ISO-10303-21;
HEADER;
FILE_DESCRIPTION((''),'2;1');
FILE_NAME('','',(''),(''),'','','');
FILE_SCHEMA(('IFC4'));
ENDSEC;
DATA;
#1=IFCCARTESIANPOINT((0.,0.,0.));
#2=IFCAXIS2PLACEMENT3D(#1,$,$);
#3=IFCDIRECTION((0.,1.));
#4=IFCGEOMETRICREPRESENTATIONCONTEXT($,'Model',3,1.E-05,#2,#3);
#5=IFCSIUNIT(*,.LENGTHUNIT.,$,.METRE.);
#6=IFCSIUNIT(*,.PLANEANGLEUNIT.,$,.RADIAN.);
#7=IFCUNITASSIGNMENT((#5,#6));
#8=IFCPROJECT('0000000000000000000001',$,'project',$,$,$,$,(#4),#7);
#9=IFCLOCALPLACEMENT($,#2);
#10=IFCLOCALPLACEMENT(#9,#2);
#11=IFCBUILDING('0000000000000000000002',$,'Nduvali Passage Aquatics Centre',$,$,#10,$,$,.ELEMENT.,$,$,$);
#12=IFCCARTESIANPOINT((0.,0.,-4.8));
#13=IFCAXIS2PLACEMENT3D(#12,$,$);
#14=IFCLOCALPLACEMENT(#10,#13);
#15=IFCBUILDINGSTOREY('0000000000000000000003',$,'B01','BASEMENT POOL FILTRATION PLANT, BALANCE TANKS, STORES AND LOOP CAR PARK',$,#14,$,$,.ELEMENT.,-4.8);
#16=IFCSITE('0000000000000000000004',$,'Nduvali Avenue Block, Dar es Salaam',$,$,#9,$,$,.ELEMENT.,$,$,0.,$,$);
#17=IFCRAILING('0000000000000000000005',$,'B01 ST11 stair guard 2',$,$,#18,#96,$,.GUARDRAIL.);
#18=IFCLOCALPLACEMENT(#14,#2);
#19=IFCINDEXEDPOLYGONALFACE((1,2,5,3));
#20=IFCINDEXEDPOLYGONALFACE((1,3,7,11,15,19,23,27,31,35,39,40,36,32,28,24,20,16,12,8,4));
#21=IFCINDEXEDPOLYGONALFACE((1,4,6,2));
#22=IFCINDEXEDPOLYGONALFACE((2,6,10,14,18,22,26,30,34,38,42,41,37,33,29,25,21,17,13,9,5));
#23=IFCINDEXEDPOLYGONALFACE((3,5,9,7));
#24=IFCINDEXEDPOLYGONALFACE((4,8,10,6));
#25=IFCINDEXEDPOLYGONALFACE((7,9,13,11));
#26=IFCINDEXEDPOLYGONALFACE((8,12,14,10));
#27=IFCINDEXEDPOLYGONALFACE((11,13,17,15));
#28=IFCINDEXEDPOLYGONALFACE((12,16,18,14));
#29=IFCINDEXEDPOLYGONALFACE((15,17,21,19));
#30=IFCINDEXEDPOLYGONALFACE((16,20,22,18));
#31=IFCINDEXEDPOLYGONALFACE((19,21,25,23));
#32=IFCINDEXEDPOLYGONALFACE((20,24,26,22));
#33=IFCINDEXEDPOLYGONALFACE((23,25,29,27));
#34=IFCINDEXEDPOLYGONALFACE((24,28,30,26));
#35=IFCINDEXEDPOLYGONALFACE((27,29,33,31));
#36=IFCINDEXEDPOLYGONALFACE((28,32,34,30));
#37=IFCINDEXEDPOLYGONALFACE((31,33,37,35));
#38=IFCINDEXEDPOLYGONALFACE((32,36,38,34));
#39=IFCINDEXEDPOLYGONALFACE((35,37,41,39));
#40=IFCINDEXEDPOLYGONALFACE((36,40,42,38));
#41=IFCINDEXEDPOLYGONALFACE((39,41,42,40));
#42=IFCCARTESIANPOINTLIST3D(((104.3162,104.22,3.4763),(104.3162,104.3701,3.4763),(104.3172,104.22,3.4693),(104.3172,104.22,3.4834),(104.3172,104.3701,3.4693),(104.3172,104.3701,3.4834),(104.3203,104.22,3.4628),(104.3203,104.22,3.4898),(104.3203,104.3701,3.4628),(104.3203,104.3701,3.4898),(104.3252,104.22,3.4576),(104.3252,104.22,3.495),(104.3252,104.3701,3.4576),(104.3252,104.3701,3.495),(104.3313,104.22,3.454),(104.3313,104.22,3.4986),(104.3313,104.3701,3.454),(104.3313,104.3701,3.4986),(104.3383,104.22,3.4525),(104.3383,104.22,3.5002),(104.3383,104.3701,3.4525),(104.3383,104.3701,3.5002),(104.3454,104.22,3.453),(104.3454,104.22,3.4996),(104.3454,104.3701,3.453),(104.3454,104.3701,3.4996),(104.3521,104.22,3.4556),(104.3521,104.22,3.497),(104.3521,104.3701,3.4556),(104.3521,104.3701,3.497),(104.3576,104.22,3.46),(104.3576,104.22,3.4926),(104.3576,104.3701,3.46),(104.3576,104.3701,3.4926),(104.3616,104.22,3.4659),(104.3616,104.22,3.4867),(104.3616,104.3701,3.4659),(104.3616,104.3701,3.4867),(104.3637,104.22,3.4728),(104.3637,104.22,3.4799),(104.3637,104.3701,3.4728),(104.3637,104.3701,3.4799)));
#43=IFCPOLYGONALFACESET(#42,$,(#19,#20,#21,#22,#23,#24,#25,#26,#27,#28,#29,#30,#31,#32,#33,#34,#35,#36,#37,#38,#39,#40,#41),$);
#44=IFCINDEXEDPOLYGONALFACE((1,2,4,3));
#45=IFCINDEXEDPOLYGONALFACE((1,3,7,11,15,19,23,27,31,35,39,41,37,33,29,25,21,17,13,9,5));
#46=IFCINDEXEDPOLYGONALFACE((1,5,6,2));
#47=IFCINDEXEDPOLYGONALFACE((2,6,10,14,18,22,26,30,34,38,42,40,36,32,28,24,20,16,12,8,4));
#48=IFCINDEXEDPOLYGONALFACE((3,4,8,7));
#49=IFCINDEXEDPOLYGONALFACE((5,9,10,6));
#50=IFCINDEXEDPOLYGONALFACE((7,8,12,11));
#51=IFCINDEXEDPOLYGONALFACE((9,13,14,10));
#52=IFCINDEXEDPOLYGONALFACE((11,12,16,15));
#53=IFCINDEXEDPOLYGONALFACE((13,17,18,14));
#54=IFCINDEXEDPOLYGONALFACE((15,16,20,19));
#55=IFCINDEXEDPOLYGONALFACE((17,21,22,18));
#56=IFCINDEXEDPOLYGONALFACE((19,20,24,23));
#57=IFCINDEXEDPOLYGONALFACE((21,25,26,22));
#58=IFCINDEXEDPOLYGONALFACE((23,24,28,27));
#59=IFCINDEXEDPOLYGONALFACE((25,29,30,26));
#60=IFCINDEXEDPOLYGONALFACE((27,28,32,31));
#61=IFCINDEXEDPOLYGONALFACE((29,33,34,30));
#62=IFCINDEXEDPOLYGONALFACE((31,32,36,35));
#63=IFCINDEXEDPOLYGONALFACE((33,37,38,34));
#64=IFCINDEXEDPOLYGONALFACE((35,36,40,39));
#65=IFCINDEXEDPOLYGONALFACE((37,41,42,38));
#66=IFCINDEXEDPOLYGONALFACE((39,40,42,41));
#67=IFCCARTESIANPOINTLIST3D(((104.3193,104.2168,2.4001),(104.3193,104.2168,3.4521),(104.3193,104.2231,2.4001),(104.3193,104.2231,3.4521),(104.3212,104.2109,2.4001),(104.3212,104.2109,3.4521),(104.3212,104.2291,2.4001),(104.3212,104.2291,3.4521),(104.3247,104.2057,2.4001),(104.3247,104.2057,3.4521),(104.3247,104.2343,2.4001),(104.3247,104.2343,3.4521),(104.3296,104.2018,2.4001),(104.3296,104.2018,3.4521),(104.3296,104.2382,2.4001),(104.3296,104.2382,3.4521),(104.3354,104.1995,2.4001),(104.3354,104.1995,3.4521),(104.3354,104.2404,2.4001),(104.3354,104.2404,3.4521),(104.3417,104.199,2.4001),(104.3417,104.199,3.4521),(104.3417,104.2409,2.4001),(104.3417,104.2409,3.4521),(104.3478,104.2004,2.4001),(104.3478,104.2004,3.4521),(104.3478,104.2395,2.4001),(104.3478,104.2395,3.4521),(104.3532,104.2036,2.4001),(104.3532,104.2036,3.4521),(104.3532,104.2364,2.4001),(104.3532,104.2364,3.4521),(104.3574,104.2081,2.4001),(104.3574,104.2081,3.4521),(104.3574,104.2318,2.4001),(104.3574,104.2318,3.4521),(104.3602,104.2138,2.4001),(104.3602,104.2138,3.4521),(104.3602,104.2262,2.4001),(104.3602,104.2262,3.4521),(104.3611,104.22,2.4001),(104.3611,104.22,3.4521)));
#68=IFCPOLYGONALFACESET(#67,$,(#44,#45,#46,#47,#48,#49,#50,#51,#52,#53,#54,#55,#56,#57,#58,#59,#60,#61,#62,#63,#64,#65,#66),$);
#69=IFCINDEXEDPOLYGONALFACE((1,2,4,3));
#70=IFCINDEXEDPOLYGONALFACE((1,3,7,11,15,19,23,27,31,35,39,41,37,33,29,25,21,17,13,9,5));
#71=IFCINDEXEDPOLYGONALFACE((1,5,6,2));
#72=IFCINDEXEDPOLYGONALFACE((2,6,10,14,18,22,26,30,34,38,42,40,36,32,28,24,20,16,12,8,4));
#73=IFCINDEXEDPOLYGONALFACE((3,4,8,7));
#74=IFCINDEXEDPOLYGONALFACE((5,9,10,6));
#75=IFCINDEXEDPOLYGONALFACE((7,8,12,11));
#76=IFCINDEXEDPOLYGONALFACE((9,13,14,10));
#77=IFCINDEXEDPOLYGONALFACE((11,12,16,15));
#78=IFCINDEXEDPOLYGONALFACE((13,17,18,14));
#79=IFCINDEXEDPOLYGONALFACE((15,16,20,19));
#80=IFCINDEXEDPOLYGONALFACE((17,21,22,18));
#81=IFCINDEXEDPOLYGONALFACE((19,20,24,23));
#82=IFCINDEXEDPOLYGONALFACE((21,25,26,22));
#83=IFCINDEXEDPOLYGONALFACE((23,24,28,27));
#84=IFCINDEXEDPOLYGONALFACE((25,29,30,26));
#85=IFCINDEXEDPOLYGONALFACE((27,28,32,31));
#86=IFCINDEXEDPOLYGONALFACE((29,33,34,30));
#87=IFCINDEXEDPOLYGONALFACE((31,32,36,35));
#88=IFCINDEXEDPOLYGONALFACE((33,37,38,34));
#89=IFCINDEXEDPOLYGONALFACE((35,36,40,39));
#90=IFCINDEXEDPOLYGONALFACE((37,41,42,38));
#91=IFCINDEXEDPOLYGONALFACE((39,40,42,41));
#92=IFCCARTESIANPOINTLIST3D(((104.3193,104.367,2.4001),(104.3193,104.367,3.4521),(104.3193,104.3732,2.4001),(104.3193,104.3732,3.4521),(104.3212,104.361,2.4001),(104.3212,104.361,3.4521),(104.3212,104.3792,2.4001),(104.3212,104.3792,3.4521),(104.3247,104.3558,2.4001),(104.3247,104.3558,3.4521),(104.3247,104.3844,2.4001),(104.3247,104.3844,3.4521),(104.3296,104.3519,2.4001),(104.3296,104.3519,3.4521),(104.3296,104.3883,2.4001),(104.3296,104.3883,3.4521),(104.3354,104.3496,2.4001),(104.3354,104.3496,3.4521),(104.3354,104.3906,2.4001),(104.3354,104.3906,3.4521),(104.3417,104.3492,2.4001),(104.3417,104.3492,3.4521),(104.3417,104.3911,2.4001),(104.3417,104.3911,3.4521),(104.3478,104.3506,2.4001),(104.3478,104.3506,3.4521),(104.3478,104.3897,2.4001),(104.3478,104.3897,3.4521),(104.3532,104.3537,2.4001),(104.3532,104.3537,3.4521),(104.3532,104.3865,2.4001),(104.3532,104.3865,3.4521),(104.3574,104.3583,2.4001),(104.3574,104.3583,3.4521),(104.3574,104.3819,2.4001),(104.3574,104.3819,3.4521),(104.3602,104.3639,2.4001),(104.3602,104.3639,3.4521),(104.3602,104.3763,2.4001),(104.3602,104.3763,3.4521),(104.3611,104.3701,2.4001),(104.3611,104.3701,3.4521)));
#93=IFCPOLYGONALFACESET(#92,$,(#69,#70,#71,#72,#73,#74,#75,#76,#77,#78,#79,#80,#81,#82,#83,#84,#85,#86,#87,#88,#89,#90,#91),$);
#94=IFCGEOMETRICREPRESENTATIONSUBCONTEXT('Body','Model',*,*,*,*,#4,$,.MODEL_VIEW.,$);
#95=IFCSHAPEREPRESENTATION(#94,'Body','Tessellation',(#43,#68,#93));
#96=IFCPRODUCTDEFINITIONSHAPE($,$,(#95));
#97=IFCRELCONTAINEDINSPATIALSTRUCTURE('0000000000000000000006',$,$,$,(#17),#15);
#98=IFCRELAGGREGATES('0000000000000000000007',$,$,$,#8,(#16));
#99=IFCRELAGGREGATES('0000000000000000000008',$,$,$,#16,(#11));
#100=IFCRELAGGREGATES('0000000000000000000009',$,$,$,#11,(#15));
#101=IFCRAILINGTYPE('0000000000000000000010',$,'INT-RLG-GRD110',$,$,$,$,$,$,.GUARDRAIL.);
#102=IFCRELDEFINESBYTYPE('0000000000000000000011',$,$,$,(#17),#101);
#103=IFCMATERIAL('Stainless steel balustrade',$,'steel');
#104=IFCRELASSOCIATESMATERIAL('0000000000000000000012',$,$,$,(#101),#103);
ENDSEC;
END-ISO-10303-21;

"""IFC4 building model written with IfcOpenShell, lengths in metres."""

from ifc_helpers import new_model, si_unit, direction, frame, origin, origin_2d, place, context, subcontext, project, spatial, circle, extrude, material, type_object, element, save


model = new_model("IFC4")

# Units and contexts
model_context = context("Model", 3, precision=1e-05, world=origin(), true_north=direction((0.0, 1.0)))
body_context = subcontext(model_context, "Body", "Model", "MODEL_VIEW")
ifc_project = project(units=[si_unit("LENGTHUNIT", "METRE"), si_unit("PLANEANGLEUNIT", "RADIAN")], contexts=[model_context])

# Site, building, storey
site_placement = place(None, origin())
site = spatial("IfcSite", under=ifc_project, at=site_placement, Name="Nduvali Avenue Block, Dar es Salaam", CompositionType="ELEMENT", RefElevation=0.0)
building_placement = place(site_placement, origin())
building = spatial("IfcBuilding", under=site, at=building_placement, Name="Nduvali Passage Aquatics Centre", CompositionType="ELEMENT")
storey_placement = place(building_placement, frame((0.0, 0.0, -4.8)))
storey = spatial("IfcBuildingStorey", under=building, at=storey_placement, Name="B01", Description="BASEMENT POOL FILTRATION PLANT, BALANCE TANKS, STORES AND LOOP CAR PARK", CompositionType="ELEMENT", Elevation=-4.8)

# Railing
ifc_material_1 = material(Name="Stainless steel balustrade", Category="steel")
railing_type_1 = type_object("IfcRailingType", Name="INT-RLG-GRD110", PredefinedType="GUARDRAIL", material=ifc_material_1)
railing_1_placement = place(storey_placement, frame((104.3401, 104.22, 2.4001)))
element("IfcRailing", 1, at=railing_1_placement, inside=storey, type_object=railing_type_1, Name="B01 ST11 stair guard 2", PredefinedType="GUARDRAIL", context=body_context, shape_type="SweptSolid", body=[
    extrude(circle(Radius=0.0239, at=origin_2d()), frame((0.0, 0.0, 1.0762), z_axis=(0.0, 1.0, 0.0), x_axis=(-1.0, 0.0, 0.0)), (0.0, 0.0, 1.0), 0.1501),
    extrude(circle(Radius=0.021, at=origin_2d()), origin(), (0.0, 0.0, 1.0), 1.052),
    extrude(circle(Radius=0.021, at=origin_2d()), frame((0.0, 0.1501, 0.0)), (0.0, 0.0, 1.0), 1.052),
])

save(model, "model.ifc")
